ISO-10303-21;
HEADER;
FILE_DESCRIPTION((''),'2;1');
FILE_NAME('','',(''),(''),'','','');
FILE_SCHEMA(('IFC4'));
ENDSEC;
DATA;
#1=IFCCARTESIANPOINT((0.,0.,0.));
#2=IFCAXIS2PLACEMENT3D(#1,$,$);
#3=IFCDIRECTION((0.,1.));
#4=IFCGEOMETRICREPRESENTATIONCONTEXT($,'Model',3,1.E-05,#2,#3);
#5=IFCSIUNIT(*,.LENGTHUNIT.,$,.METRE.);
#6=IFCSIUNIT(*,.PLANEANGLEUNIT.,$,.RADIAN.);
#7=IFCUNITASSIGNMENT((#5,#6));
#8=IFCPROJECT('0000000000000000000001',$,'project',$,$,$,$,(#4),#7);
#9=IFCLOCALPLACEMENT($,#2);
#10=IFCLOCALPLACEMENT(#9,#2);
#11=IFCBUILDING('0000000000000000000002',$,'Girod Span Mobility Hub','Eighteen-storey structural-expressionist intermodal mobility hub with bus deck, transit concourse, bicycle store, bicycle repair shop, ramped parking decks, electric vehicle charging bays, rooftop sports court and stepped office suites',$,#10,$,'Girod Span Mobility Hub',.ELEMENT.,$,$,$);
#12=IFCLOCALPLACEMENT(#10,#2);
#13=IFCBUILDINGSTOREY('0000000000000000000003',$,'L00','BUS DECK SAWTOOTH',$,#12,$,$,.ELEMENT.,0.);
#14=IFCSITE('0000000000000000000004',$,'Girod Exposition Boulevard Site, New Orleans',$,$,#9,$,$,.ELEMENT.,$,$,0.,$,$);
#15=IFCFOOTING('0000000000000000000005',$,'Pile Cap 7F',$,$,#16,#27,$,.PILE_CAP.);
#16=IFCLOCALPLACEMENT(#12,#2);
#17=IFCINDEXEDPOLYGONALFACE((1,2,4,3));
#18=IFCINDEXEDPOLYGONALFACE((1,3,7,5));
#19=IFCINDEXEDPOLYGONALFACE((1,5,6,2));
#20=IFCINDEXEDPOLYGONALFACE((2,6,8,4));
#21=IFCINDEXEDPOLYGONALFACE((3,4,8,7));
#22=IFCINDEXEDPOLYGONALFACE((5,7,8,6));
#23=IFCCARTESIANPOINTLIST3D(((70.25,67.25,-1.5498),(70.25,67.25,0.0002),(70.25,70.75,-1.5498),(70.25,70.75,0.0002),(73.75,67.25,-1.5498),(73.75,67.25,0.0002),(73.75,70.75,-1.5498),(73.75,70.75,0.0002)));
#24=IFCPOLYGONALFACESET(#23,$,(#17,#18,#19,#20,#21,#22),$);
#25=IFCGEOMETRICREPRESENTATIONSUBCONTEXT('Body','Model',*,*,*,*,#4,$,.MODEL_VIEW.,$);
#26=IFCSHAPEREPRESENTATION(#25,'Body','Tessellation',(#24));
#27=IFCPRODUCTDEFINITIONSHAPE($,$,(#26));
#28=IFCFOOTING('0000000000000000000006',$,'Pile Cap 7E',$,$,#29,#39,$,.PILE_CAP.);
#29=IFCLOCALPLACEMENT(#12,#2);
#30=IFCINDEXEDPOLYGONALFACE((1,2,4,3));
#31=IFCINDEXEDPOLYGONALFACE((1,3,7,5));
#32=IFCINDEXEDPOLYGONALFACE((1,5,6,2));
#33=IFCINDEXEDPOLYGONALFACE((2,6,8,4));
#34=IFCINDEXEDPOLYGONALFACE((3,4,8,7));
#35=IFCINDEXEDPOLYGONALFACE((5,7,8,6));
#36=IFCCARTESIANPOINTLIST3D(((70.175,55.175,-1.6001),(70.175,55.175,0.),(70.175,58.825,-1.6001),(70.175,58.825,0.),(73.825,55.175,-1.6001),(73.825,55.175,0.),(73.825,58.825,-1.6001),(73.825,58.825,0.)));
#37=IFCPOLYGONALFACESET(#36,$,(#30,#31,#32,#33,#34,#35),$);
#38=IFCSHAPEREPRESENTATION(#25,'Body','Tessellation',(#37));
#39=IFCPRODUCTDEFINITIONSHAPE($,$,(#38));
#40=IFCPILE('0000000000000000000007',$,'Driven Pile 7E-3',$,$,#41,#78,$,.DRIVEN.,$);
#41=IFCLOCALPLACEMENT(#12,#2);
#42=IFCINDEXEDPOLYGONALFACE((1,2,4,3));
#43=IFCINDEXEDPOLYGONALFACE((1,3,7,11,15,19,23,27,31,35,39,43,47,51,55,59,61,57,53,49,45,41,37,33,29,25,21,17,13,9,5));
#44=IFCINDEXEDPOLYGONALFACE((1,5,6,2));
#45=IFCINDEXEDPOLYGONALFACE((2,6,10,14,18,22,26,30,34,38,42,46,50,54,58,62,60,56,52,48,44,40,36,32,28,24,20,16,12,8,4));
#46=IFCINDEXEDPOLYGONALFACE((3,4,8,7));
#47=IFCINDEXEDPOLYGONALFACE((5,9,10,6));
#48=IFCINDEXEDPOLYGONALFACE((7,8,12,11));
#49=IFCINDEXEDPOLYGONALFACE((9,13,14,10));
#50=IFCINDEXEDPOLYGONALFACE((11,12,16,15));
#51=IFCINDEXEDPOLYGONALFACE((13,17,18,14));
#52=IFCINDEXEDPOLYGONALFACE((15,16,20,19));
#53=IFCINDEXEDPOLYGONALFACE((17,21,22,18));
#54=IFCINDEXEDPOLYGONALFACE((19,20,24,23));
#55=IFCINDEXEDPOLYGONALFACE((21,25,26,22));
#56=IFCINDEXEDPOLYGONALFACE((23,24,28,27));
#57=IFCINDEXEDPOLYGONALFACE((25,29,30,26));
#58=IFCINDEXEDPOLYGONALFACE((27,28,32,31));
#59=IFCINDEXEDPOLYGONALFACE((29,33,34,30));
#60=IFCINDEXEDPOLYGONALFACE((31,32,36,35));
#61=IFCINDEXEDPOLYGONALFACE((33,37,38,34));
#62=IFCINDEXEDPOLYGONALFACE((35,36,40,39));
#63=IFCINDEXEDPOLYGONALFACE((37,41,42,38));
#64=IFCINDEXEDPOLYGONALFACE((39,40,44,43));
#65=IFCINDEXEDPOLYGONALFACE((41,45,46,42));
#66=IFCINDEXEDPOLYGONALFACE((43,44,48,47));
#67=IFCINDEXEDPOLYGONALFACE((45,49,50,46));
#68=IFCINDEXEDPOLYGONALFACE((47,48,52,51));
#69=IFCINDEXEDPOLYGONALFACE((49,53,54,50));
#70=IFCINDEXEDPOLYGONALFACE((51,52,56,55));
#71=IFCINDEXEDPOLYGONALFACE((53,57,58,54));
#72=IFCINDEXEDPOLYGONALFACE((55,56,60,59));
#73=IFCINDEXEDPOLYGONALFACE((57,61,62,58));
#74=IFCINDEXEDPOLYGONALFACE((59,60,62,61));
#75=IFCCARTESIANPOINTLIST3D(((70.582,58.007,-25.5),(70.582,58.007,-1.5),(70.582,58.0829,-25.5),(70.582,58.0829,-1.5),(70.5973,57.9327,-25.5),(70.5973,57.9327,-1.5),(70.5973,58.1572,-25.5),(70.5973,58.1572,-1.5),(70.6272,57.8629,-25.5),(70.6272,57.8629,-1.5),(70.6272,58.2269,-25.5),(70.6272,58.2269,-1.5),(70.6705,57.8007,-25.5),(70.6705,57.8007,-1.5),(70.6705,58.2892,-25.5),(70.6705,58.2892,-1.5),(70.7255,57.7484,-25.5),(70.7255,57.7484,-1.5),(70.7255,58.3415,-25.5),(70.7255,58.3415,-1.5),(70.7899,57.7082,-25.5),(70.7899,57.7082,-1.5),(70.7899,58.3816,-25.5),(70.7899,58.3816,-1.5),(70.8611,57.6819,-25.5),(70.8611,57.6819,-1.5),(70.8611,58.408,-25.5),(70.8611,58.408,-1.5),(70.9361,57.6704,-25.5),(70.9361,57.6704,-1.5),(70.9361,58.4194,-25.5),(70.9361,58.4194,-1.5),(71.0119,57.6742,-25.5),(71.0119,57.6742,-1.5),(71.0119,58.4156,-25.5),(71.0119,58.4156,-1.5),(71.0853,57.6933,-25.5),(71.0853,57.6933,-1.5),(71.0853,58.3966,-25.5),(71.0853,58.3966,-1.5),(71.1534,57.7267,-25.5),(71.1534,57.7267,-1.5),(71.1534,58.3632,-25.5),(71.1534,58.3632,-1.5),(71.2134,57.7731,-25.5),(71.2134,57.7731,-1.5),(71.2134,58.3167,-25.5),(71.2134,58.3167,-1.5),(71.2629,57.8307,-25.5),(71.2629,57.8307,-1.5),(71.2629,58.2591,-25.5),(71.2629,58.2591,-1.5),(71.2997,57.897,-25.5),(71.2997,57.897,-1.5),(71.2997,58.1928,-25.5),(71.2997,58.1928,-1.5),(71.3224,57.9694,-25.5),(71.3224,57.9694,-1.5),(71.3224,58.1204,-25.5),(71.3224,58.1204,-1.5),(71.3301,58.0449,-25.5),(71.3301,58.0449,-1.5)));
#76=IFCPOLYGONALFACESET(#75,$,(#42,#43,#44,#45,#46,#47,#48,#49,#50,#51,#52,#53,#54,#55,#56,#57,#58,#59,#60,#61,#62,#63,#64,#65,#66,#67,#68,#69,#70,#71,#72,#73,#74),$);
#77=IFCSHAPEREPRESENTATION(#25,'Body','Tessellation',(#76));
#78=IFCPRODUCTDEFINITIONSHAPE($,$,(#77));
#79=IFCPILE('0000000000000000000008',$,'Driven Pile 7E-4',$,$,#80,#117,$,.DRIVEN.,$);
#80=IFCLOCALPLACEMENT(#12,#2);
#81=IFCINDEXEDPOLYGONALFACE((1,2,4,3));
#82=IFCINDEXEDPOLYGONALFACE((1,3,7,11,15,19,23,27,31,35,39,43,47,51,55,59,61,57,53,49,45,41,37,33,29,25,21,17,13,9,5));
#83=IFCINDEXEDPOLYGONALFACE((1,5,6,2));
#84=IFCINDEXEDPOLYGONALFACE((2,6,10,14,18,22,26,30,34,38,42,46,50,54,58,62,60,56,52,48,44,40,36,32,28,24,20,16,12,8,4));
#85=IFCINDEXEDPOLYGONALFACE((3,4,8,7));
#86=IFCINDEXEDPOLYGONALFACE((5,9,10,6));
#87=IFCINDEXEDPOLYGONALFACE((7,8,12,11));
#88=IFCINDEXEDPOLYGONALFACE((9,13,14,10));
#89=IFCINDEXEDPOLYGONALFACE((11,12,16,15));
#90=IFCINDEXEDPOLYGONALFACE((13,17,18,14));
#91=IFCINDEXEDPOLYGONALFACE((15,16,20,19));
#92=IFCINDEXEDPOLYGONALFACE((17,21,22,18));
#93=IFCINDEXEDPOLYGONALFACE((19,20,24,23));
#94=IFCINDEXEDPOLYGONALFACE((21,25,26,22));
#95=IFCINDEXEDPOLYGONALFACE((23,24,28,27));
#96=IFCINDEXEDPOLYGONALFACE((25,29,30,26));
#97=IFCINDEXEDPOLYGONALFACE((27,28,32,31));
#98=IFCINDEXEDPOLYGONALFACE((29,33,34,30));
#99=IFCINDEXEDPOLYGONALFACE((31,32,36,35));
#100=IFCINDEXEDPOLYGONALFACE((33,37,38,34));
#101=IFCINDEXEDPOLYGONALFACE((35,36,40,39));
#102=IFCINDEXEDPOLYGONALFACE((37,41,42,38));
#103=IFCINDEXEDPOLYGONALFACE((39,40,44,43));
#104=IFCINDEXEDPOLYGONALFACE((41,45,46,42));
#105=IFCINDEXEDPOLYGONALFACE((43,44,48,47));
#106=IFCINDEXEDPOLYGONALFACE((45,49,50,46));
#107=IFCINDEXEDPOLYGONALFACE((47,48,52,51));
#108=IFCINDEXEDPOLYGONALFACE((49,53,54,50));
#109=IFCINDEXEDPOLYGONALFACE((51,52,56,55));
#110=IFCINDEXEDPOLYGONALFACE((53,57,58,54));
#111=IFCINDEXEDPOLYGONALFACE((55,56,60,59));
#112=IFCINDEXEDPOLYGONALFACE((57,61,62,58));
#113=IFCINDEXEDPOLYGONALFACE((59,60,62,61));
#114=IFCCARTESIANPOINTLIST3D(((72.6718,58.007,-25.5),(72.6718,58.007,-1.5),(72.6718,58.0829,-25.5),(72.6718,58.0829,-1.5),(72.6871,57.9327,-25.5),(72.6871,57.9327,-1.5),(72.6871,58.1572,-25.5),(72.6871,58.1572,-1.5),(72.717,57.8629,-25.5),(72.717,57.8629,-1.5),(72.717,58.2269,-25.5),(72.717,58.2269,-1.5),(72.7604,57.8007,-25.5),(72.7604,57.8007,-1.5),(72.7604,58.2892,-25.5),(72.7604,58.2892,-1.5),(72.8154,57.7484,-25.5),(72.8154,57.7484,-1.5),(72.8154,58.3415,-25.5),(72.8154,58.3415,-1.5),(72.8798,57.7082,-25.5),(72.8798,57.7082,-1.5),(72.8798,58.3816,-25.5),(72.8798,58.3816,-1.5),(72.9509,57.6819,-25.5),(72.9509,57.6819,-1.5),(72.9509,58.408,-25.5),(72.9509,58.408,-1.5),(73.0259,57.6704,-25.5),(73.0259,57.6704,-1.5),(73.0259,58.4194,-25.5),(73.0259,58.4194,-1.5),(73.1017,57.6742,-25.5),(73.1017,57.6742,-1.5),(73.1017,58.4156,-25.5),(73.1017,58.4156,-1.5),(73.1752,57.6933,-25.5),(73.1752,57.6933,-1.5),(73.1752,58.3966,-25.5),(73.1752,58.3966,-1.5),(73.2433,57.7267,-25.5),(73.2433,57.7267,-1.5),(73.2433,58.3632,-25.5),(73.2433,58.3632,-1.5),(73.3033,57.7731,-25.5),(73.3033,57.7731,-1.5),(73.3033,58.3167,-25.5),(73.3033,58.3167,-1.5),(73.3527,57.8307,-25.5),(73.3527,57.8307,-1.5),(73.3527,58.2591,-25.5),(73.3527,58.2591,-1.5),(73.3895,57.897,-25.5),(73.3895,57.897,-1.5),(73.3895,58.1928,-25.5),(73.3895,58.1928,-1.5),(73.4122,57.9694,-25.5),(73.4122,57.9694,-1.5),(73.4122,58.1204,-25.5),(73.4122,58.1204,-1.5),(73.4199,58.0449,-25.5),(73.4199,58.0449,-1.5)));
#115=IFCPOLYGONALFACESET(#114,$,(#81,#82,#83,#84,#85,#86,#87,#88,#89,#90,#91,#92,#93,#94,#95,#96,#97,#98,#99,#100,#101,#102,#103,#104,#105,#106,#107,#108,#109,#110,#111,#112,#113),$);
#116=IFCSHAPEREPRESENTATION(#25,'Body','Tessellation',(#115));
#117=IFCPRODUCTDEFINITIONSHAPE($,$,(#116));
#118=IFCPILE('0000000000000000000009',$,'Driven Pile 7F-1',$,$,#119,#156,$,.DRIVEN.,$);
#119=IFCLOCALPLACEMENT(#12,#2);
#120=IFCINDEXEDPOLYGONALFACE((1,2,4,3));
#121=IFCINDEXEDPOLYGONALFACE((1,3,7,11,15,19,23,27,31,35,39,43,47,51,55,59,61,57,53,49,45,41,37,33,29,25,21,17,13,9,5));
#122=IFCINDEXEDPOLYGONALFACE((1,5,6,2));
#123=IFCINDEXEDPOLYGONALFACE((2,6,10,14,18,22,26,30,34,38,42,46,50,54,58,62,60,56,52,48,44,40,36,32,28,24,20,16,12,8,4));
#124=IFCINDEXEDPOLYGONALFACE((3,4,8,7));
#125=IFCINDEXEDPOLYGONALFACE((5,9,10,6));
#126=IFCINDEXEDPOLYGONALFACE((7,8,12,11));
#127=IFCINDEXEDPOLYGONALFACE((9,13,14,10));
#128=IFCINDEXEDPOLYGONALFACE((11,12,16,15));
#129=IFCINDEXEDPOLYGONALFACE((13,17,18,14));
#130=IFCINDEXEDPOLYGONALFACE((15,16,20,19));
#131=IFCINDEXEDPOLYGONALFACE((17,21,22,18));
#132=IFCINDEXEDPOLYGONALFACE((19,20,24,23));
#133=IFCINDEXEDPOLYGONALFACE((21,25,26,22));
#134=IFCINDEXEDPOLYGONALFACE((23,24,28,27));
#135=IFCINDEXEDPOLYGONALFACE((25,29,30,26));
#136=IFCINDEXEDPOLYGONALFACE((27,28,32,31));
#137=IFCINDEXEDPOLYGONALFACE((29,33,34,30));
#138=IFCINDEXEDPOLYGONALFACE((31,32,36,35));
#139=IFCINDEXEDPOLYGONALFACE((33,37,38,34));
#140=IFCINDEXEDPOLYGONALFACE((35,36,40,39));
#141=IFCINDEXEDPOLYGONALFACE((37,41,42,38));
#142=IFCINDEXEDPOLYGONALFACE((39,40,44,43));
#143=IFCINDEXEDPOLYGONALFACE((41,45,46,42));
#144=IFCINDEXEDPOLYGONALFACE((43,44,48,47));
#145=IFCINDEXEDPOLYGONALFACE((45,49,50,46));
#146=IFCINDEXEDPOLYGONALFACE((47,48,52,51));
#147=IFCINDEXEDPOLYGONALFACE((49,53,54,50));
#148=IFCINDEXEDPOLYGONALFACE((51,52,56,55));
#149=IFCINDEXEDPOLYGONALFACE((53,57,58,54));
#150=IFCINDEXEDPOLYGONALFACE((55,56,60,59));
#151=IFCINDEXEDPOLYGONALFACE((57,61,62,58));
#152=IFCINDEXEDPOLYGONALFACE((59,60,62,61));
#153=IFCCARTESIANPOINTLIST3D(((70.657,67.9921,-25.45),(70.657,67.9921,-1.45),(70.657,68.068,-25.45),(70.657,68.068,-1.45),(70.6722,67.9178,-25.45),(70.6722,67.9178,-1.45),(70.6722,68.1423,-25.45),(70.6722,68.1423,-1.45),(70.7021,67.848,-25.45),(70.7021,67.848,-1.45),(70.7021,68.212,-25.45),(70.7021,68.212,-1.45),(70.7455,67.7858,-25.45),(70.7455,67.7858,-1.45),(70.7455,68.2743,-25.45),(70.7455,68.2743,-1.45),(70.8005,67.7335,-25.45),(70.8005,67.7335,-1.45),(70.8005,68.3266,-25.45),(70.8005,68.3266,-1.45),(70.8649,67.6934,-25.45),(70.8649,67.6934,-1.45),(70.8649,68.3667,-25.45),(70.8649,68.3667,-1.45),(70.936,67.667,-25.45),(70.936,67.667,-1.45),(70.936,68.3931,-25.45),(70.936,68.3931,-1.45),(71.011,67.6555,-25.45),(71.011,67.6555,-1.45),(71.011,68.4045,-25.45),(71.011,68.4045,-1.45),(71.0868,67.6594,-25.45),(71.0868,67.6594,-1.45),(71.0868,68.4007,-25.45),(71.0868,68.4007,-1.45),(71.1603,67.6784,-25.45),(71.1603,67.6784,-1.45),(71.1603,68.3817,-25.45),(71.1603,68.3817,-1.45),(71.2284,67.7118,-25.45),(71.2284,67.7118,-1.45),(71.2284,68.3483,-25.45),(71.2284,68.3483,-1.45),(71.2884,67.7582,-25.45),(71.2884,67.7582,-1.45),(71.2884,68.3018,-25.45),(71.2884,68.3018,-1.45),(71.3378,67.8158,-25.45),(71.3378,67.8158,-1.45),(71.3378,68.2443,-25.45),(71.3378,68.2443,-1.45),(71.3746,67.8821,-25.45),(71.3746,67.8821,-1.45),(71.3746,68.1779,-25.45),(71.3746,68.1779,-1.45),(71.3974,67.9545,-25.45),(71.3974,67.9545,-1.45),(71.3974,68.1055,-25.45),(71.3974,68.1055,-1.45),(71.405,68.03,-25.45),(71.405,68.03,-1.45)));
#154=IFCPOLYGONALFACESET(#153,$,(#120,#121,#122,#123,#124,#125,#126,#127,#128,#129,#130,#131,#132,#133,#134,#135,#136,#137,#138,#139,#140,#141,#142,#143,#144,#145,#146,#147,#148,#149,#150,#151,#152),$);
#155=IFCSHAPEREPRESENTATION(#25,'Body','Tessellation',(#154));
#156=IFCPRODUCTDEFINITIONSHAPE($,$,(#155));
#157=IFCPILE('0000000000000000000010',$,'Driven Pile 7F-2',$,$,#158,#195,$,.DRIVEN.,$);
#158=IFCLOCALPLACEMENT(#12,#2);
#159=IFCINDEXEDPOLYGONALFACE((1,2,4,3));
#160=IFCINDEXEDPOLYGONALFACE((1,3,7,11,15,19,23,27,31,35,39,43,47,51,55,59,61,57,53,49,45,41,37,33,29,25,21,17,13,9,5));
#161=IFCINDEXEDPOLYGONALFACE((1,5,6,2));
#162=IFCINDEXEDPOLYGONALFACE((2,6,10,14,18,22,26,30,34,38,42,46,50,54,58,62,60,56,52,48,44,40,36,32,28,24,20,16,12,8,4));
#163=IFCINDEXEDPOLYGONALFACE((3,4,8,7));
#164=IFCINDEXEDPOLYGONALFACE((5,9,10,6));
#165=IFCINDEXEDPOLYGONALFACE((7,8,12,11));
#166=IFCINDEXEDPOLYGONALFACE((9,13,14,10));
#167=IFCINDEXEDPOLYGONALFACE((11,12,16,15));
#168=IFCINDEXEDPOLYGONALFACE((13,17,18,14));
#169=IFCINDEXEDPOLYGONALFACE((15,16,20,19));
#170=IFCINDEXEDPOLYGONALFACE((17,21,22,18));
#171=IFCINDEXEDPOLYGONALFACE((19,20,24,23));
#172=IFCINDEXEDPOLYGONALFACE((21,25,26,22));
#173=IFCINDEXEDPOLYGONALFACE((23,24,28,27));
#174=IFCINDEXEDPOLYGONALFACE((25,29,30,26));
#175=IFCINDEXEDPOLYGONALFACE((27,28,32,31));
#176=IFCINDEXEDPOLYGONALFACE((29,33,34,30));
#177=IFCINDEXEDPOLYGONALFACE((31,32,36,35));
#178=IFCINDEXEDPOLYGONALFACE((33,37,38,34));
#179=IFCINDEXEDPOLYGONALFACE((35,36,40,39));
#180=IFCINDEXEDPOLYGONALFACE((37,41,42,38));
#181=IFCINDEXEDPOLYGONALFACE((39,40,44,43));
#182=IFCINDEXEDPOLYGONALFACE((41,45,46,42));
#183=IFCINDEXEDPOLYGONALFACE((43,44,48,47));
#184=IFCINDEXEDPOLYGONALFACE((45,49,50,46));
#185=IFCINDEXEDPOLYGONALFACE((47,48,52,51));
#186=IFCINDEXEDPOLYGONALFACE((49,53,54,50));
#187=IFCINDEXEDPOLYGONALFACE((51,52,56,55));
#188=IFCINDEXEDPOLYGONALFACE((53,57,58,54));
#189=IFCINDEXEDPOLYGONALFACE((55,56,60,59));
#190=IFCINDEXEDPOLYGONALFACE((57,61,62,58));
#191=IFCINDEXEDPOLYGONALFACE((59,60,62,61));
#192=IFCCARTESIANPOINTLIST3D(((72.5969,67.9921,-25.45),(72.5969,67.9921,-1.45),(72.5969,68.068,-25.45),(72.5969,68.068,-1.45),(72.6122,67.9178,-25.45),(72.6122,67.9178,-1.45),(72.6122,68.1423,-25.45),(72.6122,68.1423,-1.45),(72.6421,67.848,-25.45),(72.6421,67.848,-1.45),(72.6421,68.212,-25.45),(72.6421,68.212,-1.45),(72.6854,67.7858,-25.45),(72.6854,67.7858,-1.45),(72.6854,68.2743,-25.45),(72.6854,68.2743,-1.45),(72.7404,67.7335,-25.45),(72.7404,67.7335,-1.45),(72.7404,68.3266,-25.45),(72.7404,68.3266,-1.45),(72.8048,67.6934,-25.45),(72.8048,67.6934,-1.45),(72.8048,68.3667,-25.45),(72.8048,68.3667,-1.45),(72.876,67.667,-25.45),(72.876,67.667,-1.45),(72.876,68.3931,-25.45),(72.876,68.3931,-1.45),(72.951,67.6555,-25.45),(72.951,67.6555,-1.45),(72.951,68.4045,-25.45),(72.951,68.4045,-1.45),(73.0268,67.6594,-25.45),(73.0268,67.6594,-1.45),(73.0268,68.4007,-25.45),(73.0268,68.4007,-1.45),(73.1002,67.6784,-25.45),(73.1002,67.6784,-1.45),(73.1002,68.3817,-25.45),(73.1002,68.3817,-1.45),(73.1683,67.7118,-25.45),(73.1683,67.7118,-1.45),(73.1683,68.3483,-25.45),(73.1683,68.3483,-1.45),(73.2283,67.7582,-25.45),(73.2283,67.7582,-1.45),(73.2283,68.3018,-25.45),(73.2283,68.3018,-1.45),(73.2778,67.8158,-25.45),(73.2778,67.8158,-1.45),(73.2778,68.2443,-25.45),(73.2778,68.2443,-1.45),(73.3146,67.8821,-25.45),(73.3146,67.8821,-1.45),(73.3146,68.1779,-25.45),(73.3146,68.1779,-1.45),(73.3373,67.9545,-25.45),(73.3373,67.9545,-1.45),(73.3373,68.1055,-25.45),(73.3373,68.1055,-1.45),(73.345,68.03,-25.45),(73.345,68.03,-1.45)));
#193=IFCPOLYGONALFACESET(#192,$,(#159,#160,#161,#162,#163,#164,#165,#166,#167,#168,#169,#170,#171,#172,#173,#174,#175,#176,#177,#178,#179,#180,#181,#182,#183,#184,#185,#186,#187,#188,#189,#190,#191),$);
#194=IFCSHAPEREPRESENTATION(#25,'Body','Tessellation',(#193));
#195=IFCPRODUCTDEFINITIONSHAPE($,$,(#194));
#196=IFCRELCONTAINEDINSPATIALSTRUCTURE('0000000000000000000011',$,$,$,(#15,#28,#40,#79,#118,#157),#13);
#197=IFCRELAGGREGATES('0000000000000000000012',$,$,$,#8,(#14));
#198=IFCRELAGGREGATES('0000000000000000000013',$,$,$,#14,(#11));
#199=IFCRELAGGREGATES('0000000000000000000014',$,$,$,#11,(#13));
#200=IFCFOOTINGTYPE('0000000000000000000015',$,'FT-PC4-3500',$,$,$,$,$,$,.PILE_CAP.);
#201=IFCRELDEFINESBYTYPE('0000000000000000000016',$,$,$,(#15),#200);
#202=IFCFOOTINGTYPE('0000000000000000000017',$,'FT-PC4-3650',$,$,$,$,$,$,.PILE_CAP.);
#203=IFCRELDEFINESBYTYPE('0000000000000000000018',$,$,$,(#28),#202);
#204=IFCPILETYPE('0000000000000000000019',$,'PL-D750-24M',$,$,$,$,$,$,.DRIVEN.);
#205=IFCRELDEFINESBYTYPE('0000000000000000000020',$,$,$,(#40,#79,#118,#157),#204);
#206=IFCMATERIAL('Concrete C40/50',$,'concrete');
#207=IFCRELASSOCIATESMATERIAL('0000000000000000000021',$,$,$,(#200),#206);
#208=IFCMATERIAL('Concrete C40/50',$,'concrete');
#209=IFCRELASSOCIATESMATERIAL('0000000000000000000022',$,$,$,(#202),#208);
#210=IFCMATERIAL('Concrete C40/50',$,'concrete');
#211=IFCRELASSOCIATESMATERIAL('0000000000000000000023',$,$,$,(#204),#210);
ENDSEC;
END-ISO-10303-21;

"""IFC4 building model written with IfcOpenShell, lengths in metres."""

from ifc_helpers import new_model, si_unit, direction, frame, origin, origin_2d, place, context, subcontext, project, spatial, rectangle, circle, extrude, material, material_profile, profile_set, type_object, element, save


model = new_model("IFC4")

# Units and contexts
model_context = context("Model", 3, precision=1e-05, world=origin(), true_north=direction((0.0, 1.0)))
body_context = subcontext(model_context, "Body", "Model", "MODEL_VIEW")
ifc_project = project(units=[si_unit("LENGTHUNIT", "METRE"), si_unit("PLANEANGLEUNIT", "RADIAN")], contexts=[model_context])

# Site, building, storey
site_placement = place(None, origin())
site = spatial("IfcSite", under=ifc_project, at=site_placement, Name="Girod Exposition Boulevard Site, New Orleans", CompositionType="ELEMENT", RefElevation=0.0)
building_placement = place(site_placement, origin())
building = spatial("IfcBuilding", under=site, at=building_placement, Name="Girod Span Mobility Hub", Description="Eighteen-storey structural-expressionist intermodal mobility hub with bus deck, transit concourse, bicycle store, bicycle repair shop, ramped parking decks, electric vehicle charging bays, rooftop sports court and stepped office suites", LongName="Girod Span Mobility Hub", CompositionType="ELEMENT")
storey_placement = place(building_placement, origin())
storey = spatial("IfcBuildingStorey", under=building, at=storey_placement, Name="L00", Description="BUS DECK SAWTOOTH", CompositionType="ELEMENT", Elevation=0.0)

# Footings
ifc_material_1 = material(Name="Concrete C40/50", Category="concrete")
footing_type_1 = type_object("IfcFootingType", Name="FT-PC4-3500", PredefinedType="PILE_CAP", material=ifc_material_1)
footing_1_placement = place(storey_placement, frame((72.0, 69.0, -1.5498), z_axis=(0.0, 0.0, 1.0), x_axis=(1.0, 0.0, 0.0)))
element("IfcFooting", 1, at=footing_1_placement, inside=storey, type_object=footing_type_1, Name="Pile Cap 7F", PredefinedType="PILE_CAP", context=body_context, shape_type="SweptSolid", body=[
    extrude(rectangle(XDim=3.5, YDim=3.5, at=origin_2d()), origin(), (0.0, 0.0, 1.0), 1.55),
])
ifc_material_2 = material(Name="Concrete C40/50", Category="concrete")
footing_type_2 = type_object("IfcFootingType", Name="FT-PC4-3650", PredefinedType="PILE_CAP", material=ifc_material_2)
footing_2_placement = place(storey_placement, frame((72.0, 57.0, -1.6001), z_axis=(0.0, 0.0, 1.0), x_axis=(1.0, 0.0, 0.0)))
element("IfcFooting", 2, at=footing_2_placement, inside=storey, type_object=footing_type_2, Name="Pile Cap 7E", PredefinedType="PILE_CAP", context=body_context, shape_type="SweptSolid", body=[
    extrude(rectangle(XDim=3.6499, YDim=3.6499, at=origin_2d()), origin(), (0.0, 0.0, 1.0), 1.6001),
])

# Piles
ifc_material_3 = material(Name="Concrete C40/50", Category="concrete")
ifc_material_profile_1 = material_profile(ifc_material_3, circle(Radius=0.375, at=origin_2d()), Name="PILE-D750")
ifc_profile_set_1 = profile_set([ifc_material_profile_1], Name="Concrete C40/50")
pile_type = type_object("IfcPileType", Name="PL-D750-24M", PredefinedType="DRIVEN", material=ifc_profile_set_1)
for number, where, z_axis, x_axis, name in (
    (3, (70.9551, 58.0449, -1.5), (0.0, 0.0, -1.0), (1.0, 0.0, 0.0), "Driven Pile 7E-3"),
    (4, (73.0449, 58.0449, -1.5), (0.0, 0.0, -1.0), (1.0, 0.0, 0.0), "Driven Pile 7E-4"),
    (5, (71.03, 68.03, -1.45), (0.0, 0.0, -1.0), (1.0, 0.0, 0.0), "Driven Pile 7F-1"),
    (6, (72.97, 68.03, -1.45), (0.0, 0.0, -1.0), (1.0, 0.0, 0.0), "Driven Pile 7F-2"),
):
    element("IfcPile", number, at=place(storey_placement, frame(where, z_axis=z_axis, x_axis=x_axis)), inside=storey, type_object=pile_type, Name=name, PredefinedType="DRIVEN", context=body_context, shape_type="SweptSolid", body=[
        extrude(circle(Radius=0.375, at=origin_2d()), origin(), (0.0, 0.0, 1.0), 24.0),
    ])

save(model, "model.ifc")
